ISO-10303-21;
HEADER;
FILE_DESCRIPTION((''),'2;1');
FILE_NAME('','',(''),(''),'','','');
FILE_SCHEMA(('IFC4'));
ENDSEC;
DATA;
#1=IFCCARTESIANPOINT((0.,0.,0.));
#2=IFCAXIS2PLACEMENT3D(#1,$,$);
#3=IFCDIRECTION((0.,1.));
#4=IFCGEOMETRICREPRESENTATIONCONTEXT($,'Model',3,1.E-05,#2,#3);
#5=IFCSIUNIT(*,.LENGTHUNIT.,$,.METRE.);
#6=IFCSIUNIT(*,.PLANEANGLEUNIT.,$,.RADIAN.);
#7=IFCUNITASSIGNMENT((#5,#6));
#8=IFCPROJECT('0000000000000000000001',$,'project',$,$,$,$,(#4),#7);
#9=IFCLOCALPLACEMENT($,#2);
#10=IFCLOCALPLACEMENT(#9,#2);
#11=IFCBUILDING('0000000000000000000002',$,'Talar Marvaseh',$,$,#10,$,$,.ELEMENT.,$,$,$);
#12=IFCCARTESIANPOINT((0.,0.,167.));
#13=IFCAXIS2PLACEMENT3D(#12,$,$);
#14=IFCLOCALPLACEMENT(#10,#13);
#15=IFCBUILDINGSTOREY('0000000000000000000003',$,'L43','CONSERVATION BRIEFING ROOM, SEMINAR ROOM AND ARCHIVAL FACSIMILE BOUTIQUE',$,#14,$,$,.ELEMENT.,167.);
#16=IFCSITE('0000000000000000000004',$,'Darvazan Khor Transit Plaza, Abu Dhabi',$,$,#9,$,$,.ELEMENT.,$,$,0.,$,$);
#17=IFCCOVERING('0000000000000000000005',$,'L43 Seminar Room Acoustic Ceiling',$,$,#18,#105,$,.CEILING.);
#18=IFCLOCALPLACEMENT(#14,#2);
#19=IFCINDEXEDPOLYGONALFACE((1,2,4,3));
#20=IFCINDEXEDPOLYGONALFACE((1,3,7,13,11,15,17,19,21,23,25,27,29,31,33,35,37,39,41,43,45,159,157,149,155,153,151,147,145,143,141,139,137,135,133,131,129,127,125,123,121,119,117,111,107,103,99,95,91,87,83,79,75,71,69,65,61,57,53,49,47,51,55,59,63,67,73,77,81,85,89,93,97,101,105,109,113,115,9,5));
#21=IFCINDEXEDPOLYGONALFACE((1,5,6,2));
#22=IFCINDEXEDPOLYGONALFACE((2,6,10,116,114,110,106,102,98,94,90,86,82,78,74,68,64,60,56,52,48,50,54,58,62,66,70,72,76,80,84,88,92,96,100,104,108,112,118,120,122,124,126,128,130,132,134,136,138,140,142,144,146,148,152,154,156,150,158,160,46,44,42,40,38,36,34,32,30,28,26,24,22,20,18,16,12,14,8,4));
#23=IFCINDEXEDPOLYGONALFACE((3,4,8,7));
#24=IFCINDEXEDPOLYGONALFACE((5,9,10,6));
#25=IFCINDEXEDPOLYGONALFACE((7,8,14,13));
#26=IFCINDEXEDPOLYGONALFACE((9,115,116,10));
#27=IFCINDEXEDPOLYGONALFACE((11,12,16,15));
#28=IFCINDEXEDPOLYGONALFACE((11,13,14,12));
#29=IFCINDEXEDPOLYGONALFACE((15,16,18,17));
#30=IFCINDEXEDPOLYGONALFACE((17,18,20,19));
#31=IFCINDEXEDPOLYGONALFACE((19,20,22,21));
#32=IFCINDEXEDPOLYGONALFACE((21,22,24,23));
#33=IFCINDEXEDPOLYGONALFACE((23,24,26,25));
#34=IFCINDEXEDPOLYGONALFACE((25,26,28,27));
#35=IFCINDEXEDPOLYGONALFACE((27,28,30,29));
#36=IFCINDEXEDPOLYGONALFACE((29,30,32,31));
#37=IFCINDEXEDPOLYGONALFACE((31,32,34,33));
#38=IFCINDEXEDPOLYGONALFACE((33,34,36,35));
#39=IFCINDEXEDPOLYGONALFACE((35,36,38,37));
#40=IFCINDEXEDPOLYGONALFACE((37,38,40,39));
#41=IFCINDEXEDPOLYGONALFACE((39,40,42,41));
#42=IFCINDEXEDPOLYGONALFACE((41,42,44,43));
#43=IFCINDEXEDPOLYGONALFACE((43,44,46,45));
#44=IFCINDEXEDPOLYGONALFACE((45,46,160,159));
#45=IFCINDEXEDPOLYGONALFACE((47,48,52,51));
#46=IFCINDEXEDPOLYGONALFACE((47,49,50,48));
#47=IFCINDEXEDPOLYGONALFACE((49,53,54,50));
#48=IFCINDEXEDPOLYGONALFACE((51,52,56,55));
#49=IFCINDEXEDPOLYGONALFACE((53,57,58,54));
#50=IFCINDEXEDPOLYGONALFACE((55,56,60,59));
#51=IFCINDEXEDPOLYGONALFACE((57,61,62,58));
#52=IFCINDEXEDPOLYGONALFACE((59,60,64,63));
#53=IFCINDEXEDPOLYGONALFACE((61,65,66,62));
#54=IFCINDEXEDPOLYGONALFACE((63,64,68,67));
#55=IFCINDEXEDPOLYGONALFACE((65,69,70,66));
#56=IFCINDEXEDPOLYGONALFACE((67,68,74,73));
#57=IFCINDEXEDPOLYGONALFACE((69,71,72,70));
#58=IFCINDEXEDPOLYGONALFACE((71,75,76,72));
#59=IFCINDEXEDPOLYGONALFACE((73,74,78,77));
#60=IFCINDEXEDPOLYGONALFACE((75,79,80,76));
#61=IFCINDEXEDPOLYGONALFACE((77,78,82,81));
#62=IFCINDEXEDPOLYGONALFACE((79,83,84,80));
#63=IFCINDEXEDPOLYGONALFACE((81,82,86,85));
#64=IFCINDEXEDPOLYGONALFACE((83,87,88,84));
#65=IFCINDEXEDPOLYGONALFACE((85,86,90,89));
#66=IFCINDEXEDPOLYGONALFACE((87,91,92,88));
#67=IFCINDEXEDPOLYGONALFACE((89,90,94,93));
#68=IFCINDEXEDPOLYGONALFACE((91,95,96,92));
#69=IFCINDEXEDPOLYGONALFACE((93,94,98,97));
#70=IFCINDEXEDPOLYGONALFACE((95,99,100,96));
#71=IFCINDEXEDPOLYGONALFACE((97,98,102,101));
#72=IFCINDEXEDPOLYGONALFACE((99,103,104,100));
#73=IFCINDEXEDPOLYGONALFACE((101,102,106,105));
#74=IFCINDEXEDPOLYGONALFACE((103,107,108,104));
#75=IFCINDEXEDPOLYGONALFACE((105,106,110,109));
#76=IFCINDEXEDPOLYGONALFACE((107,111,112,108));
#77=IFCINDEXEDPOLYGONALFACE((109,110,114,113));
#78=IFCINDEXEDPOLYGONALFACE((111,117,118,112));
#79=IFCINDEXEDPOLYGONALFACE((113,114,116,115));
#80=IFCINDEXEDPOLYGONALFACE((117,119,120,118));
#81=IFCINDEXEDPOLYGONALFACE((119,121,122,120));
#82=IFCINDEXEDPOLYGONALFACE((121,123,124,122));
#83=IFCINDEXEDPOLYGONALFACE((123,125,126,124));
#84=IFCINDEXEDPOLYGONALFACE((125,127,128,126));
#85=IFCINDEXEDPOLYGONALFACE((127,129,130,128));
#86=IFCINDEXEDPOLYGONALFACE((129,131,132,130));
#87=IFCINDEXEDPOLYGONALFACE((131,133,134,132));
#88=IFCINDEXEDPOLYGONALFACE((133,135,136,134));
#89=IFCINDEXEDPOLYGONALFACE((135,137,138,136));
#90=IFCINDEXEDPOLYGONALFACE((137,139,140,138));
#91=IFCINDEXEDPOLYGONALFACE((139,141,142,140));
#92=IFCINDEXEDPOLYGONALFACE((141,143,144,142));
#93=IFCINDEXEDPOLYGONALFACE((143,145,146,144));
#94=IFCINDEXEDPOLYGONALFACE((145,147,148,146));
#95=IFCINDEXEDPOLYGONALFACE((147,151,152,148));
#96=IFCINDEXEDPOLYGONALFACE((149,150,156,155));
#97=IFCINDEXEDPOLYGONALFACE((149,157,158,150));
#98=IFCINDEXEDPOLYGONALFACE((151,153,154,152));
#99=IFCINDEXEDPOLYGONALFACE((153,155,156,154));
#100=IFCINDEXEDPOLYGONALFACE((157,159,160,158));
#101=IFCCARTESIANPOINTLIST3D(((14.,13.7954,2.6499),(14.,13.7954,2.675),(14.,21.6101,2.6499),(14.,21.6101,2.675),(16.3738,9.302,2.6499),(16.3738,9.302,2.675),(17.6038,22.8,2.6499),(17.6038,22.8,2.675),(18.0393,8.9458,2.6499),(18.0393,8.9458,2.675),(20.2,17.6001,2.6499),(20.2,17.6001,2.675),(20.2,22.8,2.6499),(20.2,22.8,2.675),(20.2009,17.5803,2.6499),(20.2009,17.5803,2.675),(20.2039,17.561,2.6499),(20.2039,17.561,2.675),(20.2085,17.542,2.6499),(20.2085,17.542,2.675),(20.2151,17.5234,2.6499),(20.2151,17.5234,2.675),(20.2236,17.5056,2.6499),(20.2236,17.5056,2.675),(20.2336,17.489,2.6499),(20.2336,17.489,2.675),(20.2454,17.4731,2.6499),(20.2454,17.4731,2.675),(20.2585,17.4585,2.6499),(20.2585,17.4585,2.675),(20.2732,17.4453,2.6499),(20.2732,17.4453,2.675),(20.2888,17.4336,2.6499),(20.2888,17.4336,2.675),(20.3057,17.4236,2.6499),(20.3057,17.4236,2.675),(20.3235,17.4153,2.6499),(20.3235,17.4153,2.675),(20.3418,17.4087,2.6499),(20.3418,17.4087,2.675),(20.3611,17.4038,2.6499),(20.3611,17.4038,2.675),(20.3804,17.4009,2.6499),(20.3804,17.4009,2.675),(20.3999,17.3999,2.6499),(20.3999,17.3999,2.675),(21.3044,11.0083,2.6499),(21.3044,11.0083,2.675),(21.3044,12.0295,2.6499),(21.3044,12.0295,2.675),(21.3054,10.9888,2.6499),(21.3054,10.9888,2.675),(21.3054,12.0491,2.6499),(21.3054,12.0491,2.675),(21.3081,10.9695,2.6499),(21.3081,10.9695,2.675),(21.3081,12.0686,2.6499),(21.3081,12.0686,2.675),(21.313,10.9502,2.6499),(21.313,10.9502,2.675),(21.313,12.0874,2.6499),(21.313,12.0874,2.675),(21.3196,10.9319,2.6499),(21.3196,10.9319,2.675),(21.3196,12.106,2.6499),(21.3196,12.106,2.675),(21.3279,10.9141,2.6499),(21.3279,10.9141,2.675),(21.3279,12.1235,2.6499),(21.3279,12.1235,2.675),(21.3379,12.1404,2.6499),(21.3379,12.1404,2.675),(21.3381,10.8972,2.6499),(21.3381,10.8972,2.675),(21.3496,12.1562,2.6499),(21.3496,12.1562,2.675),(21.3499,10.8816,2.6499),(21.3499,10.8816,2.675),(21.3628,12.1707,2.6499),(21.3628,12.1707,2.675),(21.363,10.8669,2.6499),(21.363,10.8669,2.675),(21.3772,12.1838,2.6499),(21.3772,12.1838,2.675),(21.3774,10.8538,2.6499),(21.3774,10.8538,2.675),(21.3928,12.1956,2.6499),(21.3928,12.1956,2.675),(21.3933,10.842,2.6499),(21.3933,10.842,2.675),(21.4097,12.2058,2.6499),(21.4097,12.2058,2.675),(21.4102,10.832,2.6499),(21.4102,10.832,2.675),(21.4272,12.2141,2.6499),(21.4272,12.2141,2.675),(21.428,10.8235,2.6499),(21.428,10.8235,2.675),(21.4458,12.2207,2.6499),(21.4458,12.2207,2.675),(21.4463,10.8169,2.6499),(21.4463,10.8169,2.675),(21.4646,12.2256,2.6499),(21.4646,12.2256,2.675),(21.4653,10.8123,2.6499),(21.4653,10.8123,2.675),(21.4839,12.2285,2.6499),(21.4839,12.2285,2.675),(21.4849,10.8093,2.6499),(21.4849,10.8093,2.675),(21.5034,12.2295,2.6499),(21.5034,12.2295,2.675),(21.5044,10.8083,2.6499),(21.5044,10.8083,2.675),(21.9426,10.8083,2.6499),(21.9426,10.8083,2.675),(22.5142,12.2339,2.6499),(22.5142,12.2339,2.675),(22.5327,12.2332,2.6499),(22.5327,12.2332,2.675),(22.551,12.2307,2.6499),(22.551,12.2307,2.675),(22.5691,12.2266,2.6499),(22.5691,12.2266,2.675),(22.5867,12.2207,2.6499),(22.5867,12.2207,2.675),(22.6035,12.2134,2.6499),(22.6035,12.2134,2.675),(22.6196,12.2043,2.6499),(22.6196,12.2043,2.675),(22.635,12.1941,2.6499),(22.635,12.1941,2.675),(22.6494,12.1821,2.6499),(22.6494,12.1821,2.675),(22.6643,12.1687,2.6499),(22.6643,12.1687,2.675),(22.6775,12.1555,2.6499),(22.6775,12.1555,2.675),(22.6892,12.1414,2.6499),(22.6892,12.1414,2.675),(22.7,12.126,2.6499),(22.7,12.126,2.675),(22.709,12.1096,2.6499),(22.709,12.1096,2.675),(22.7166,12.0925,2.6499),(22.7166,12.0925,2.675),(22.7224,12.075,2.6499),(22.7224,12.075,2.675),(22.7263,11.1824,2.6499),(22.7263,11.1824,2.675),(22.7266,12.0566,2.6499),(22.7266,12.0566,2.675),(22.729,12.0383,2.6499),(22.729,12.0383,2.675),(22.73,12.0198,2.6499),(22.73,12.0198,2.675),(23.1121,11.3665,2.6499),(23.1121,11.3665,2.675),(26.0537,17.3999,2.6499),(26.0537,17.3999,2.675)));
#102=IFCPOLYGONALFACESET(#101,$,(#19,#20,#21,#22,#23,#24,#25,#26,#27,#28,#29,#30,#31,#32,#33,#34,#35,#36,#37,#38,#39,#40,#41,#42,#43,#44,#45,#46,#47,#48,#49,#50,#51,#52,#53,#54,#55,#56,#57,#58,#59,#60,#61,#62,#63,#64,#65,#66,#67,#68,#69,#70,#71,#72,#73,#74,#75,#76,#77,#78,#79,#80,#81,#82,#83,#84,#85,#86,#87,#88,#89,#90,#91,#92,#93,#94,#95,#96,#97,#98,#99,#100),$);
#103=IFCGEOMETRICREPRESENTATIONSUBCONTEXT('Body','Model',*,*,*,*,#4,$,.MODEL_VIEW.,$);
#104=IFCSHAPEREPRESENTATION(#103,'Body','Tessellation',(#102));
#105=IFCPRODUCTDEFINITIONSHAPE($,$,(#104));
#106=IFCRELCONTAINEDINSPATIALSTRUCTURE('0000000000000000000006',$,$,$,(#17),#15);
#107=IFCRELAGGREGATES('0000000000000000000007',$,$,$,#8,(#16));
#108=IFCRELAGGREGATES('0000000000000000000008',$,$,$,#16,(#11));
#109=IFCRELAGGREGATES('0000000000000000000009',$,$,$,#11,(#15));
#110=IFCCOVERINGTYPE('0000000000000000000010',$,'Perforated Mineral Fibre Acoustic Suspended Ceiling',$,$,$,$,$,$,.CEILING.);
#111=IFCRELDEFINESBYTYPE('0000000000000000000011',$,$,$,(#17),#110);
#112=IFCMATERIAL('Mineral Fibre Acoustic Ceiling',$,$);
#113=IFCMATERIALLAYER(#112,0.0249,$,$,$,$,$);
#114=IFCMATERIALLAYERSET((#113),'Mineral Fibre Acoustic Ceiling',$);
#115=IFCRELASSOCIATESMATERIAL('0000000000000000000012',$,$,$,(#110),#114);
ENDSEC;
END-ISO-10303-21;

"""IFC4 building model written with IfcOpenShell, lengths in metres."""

from ifc_helpers import new_model, si_unit, direction, frame, origin, place, context, subcontext, project, spatial, polyline, outline, extrude, material, layer, layer_set, type_object, element, save


model = new_model("IFC4")

# Units and contexts
model_context = context("Model", 3, precision=1e-05, world=origin(), true_north=direction((0.0, 1.0)))
body_context = subcontext(model_context, "Body", "Model", "MODEL_VIEW")
ifc_project = project(units=[si_unit("LENGTHUNIT", "METRE"), si_unit("PLANEANGLEUNIT", "RADIAN")], contexts=[model_context])

# Site, building, storey
site_placement = place(None, origin())
site = spatial("IfcSite", under=ifc_project, at=site_placement, Name="Darvazan Khor Transit Plaza, Abu Dhabi", CompositionType="ELEMENT", RefElevation=0.0)
building_placement = place(site_placement, origin())
building = spatial("IfcBuilding", under=site, at=building_placement, Name="Talar Marvaseh", CompositionType="ELEMENT")
storey_placement = place(building_placement, frame((0.0, 0.0, 167.0)))
storey = spatial("IfcBuildingStorey", under=building, at=storey_placement, Name="L43", Description="CONSERVATION BRIEFING ROOM, SEMINAR ROOM AND ARCHIVAL FACSIMILE BOUTIQUE", CompositionType="ELEMENT", Elevation=167.0)

# Covering
ifc_material_1 = material(Name="Mineral Fibre Acoustic Ceiling")
ifc_layer_1 = layer(ifc_material_1, 0.0249)
ifc_layer_set_1 = layer_set([ifc_layer_1], Name="Mineral Fibre Acoustic Ceiling")
covering_type_1 = type_object("IfcCoveringType", Name="Perforated Mineral Fibre Acoustic Suspended Ceiling", PredefinedType="CEILING", material=ifc_layer_set_1)
covering_1_placement = place(storey_placement, frame((0.0, 0.0, 2.6499)))
element("IfcCovering", 1, at=covering_1_placement, inside=storey, type_object=covering_type_1, Name="L43 Seminar Room Acoustic Ceiling", PredefinedType="CEILING", context=body_context, shape_type="SweptSolid", body=[
    extrude(outline(polyline([(14.0, 21.6101), (17.6038, 22.8), (20.2, 22.8), (20.2, 17.6001), (20.2009, 17.5803), (20.2039, 17.561), (20.2085, 17.542), (20.2151, 17.5234), (20.2236, 17.5056), (20.2336, 17.489), (20.2454, 17.4731), (20.2585, 17.4585), (20.2732, 17.4453), (20.2888, 17.4336), (20.3057, 17.4236), (20.3235, 17.4153), (20.3418, 17.4087), (20.3611, 17.4038), (20.3804, 17.4009), (20.3999, 17.3999), (26.0537, 17.3999), (23.1121, 11.3665), (22.7263, 11.1824), (22.73, 12.0198), (22.729, 12.0383), (22.7266, 12.0566), (22.7224, 12.075), (22.7166, 12.0925), (22.709, 12.1096), (22.7, 12.126), (22.6892, 12.1414), (22.6775, 12.1555), (22.6643, 12.1687), (22.6494, 12.1821), (22.635, 12.1941), (22.6196, 12.2043), (22.6035, 12.2134), (22.5867, 12.2207), (22.5691, 12.2266), (22.551, 12.2307), (22.5327, 12.2332), (22.5142, 12.2339), (21.5034, 12.2295), (21.4839, 12.2285), (21.4646, 12.2256), (21.4458, 12.2207), (21.4272, 12.2141), (21.4097, 12.2058), (21.3928, 12.1956), (21.3772, 12.1838), (21.3628, 12.1707), (21.3496, 12.1562), (21.3379, 12.1404), (21.3279, 12.1235), (21.3196, 12.106), (21.313, 12.0874), (21.3081, 12.0686), (21.3054, 12.0491), (21.3044, 12.0295), (21.3044, 11.0083), (21.3054, 10.9888), (21.3081, 10.9695), (21.313, 10.9502), (21.3196, 10.9319), (21.3279, 10.9141), (21.3381, 10.8972), (21.3499, 10.8816), (21.363, 10.8669), (21.3774, 10.8538), (21.3933, 10.842), (21.4102, 10.832), (21.428, 10.8235), (21.4463, 10.8169), (21.4653, 10.8123), (21.4849, 10.8093), (21.5044, 10.8083), (21.9426, 10.8083), (18.0393, 8.9458), (16.3738, 9.302), (14.0, 13.7954), (14.0, 21.6101)])), origin(), (0.0, 0.0, 1.0), 0.0251),
])

save(model, "model.ifc")
